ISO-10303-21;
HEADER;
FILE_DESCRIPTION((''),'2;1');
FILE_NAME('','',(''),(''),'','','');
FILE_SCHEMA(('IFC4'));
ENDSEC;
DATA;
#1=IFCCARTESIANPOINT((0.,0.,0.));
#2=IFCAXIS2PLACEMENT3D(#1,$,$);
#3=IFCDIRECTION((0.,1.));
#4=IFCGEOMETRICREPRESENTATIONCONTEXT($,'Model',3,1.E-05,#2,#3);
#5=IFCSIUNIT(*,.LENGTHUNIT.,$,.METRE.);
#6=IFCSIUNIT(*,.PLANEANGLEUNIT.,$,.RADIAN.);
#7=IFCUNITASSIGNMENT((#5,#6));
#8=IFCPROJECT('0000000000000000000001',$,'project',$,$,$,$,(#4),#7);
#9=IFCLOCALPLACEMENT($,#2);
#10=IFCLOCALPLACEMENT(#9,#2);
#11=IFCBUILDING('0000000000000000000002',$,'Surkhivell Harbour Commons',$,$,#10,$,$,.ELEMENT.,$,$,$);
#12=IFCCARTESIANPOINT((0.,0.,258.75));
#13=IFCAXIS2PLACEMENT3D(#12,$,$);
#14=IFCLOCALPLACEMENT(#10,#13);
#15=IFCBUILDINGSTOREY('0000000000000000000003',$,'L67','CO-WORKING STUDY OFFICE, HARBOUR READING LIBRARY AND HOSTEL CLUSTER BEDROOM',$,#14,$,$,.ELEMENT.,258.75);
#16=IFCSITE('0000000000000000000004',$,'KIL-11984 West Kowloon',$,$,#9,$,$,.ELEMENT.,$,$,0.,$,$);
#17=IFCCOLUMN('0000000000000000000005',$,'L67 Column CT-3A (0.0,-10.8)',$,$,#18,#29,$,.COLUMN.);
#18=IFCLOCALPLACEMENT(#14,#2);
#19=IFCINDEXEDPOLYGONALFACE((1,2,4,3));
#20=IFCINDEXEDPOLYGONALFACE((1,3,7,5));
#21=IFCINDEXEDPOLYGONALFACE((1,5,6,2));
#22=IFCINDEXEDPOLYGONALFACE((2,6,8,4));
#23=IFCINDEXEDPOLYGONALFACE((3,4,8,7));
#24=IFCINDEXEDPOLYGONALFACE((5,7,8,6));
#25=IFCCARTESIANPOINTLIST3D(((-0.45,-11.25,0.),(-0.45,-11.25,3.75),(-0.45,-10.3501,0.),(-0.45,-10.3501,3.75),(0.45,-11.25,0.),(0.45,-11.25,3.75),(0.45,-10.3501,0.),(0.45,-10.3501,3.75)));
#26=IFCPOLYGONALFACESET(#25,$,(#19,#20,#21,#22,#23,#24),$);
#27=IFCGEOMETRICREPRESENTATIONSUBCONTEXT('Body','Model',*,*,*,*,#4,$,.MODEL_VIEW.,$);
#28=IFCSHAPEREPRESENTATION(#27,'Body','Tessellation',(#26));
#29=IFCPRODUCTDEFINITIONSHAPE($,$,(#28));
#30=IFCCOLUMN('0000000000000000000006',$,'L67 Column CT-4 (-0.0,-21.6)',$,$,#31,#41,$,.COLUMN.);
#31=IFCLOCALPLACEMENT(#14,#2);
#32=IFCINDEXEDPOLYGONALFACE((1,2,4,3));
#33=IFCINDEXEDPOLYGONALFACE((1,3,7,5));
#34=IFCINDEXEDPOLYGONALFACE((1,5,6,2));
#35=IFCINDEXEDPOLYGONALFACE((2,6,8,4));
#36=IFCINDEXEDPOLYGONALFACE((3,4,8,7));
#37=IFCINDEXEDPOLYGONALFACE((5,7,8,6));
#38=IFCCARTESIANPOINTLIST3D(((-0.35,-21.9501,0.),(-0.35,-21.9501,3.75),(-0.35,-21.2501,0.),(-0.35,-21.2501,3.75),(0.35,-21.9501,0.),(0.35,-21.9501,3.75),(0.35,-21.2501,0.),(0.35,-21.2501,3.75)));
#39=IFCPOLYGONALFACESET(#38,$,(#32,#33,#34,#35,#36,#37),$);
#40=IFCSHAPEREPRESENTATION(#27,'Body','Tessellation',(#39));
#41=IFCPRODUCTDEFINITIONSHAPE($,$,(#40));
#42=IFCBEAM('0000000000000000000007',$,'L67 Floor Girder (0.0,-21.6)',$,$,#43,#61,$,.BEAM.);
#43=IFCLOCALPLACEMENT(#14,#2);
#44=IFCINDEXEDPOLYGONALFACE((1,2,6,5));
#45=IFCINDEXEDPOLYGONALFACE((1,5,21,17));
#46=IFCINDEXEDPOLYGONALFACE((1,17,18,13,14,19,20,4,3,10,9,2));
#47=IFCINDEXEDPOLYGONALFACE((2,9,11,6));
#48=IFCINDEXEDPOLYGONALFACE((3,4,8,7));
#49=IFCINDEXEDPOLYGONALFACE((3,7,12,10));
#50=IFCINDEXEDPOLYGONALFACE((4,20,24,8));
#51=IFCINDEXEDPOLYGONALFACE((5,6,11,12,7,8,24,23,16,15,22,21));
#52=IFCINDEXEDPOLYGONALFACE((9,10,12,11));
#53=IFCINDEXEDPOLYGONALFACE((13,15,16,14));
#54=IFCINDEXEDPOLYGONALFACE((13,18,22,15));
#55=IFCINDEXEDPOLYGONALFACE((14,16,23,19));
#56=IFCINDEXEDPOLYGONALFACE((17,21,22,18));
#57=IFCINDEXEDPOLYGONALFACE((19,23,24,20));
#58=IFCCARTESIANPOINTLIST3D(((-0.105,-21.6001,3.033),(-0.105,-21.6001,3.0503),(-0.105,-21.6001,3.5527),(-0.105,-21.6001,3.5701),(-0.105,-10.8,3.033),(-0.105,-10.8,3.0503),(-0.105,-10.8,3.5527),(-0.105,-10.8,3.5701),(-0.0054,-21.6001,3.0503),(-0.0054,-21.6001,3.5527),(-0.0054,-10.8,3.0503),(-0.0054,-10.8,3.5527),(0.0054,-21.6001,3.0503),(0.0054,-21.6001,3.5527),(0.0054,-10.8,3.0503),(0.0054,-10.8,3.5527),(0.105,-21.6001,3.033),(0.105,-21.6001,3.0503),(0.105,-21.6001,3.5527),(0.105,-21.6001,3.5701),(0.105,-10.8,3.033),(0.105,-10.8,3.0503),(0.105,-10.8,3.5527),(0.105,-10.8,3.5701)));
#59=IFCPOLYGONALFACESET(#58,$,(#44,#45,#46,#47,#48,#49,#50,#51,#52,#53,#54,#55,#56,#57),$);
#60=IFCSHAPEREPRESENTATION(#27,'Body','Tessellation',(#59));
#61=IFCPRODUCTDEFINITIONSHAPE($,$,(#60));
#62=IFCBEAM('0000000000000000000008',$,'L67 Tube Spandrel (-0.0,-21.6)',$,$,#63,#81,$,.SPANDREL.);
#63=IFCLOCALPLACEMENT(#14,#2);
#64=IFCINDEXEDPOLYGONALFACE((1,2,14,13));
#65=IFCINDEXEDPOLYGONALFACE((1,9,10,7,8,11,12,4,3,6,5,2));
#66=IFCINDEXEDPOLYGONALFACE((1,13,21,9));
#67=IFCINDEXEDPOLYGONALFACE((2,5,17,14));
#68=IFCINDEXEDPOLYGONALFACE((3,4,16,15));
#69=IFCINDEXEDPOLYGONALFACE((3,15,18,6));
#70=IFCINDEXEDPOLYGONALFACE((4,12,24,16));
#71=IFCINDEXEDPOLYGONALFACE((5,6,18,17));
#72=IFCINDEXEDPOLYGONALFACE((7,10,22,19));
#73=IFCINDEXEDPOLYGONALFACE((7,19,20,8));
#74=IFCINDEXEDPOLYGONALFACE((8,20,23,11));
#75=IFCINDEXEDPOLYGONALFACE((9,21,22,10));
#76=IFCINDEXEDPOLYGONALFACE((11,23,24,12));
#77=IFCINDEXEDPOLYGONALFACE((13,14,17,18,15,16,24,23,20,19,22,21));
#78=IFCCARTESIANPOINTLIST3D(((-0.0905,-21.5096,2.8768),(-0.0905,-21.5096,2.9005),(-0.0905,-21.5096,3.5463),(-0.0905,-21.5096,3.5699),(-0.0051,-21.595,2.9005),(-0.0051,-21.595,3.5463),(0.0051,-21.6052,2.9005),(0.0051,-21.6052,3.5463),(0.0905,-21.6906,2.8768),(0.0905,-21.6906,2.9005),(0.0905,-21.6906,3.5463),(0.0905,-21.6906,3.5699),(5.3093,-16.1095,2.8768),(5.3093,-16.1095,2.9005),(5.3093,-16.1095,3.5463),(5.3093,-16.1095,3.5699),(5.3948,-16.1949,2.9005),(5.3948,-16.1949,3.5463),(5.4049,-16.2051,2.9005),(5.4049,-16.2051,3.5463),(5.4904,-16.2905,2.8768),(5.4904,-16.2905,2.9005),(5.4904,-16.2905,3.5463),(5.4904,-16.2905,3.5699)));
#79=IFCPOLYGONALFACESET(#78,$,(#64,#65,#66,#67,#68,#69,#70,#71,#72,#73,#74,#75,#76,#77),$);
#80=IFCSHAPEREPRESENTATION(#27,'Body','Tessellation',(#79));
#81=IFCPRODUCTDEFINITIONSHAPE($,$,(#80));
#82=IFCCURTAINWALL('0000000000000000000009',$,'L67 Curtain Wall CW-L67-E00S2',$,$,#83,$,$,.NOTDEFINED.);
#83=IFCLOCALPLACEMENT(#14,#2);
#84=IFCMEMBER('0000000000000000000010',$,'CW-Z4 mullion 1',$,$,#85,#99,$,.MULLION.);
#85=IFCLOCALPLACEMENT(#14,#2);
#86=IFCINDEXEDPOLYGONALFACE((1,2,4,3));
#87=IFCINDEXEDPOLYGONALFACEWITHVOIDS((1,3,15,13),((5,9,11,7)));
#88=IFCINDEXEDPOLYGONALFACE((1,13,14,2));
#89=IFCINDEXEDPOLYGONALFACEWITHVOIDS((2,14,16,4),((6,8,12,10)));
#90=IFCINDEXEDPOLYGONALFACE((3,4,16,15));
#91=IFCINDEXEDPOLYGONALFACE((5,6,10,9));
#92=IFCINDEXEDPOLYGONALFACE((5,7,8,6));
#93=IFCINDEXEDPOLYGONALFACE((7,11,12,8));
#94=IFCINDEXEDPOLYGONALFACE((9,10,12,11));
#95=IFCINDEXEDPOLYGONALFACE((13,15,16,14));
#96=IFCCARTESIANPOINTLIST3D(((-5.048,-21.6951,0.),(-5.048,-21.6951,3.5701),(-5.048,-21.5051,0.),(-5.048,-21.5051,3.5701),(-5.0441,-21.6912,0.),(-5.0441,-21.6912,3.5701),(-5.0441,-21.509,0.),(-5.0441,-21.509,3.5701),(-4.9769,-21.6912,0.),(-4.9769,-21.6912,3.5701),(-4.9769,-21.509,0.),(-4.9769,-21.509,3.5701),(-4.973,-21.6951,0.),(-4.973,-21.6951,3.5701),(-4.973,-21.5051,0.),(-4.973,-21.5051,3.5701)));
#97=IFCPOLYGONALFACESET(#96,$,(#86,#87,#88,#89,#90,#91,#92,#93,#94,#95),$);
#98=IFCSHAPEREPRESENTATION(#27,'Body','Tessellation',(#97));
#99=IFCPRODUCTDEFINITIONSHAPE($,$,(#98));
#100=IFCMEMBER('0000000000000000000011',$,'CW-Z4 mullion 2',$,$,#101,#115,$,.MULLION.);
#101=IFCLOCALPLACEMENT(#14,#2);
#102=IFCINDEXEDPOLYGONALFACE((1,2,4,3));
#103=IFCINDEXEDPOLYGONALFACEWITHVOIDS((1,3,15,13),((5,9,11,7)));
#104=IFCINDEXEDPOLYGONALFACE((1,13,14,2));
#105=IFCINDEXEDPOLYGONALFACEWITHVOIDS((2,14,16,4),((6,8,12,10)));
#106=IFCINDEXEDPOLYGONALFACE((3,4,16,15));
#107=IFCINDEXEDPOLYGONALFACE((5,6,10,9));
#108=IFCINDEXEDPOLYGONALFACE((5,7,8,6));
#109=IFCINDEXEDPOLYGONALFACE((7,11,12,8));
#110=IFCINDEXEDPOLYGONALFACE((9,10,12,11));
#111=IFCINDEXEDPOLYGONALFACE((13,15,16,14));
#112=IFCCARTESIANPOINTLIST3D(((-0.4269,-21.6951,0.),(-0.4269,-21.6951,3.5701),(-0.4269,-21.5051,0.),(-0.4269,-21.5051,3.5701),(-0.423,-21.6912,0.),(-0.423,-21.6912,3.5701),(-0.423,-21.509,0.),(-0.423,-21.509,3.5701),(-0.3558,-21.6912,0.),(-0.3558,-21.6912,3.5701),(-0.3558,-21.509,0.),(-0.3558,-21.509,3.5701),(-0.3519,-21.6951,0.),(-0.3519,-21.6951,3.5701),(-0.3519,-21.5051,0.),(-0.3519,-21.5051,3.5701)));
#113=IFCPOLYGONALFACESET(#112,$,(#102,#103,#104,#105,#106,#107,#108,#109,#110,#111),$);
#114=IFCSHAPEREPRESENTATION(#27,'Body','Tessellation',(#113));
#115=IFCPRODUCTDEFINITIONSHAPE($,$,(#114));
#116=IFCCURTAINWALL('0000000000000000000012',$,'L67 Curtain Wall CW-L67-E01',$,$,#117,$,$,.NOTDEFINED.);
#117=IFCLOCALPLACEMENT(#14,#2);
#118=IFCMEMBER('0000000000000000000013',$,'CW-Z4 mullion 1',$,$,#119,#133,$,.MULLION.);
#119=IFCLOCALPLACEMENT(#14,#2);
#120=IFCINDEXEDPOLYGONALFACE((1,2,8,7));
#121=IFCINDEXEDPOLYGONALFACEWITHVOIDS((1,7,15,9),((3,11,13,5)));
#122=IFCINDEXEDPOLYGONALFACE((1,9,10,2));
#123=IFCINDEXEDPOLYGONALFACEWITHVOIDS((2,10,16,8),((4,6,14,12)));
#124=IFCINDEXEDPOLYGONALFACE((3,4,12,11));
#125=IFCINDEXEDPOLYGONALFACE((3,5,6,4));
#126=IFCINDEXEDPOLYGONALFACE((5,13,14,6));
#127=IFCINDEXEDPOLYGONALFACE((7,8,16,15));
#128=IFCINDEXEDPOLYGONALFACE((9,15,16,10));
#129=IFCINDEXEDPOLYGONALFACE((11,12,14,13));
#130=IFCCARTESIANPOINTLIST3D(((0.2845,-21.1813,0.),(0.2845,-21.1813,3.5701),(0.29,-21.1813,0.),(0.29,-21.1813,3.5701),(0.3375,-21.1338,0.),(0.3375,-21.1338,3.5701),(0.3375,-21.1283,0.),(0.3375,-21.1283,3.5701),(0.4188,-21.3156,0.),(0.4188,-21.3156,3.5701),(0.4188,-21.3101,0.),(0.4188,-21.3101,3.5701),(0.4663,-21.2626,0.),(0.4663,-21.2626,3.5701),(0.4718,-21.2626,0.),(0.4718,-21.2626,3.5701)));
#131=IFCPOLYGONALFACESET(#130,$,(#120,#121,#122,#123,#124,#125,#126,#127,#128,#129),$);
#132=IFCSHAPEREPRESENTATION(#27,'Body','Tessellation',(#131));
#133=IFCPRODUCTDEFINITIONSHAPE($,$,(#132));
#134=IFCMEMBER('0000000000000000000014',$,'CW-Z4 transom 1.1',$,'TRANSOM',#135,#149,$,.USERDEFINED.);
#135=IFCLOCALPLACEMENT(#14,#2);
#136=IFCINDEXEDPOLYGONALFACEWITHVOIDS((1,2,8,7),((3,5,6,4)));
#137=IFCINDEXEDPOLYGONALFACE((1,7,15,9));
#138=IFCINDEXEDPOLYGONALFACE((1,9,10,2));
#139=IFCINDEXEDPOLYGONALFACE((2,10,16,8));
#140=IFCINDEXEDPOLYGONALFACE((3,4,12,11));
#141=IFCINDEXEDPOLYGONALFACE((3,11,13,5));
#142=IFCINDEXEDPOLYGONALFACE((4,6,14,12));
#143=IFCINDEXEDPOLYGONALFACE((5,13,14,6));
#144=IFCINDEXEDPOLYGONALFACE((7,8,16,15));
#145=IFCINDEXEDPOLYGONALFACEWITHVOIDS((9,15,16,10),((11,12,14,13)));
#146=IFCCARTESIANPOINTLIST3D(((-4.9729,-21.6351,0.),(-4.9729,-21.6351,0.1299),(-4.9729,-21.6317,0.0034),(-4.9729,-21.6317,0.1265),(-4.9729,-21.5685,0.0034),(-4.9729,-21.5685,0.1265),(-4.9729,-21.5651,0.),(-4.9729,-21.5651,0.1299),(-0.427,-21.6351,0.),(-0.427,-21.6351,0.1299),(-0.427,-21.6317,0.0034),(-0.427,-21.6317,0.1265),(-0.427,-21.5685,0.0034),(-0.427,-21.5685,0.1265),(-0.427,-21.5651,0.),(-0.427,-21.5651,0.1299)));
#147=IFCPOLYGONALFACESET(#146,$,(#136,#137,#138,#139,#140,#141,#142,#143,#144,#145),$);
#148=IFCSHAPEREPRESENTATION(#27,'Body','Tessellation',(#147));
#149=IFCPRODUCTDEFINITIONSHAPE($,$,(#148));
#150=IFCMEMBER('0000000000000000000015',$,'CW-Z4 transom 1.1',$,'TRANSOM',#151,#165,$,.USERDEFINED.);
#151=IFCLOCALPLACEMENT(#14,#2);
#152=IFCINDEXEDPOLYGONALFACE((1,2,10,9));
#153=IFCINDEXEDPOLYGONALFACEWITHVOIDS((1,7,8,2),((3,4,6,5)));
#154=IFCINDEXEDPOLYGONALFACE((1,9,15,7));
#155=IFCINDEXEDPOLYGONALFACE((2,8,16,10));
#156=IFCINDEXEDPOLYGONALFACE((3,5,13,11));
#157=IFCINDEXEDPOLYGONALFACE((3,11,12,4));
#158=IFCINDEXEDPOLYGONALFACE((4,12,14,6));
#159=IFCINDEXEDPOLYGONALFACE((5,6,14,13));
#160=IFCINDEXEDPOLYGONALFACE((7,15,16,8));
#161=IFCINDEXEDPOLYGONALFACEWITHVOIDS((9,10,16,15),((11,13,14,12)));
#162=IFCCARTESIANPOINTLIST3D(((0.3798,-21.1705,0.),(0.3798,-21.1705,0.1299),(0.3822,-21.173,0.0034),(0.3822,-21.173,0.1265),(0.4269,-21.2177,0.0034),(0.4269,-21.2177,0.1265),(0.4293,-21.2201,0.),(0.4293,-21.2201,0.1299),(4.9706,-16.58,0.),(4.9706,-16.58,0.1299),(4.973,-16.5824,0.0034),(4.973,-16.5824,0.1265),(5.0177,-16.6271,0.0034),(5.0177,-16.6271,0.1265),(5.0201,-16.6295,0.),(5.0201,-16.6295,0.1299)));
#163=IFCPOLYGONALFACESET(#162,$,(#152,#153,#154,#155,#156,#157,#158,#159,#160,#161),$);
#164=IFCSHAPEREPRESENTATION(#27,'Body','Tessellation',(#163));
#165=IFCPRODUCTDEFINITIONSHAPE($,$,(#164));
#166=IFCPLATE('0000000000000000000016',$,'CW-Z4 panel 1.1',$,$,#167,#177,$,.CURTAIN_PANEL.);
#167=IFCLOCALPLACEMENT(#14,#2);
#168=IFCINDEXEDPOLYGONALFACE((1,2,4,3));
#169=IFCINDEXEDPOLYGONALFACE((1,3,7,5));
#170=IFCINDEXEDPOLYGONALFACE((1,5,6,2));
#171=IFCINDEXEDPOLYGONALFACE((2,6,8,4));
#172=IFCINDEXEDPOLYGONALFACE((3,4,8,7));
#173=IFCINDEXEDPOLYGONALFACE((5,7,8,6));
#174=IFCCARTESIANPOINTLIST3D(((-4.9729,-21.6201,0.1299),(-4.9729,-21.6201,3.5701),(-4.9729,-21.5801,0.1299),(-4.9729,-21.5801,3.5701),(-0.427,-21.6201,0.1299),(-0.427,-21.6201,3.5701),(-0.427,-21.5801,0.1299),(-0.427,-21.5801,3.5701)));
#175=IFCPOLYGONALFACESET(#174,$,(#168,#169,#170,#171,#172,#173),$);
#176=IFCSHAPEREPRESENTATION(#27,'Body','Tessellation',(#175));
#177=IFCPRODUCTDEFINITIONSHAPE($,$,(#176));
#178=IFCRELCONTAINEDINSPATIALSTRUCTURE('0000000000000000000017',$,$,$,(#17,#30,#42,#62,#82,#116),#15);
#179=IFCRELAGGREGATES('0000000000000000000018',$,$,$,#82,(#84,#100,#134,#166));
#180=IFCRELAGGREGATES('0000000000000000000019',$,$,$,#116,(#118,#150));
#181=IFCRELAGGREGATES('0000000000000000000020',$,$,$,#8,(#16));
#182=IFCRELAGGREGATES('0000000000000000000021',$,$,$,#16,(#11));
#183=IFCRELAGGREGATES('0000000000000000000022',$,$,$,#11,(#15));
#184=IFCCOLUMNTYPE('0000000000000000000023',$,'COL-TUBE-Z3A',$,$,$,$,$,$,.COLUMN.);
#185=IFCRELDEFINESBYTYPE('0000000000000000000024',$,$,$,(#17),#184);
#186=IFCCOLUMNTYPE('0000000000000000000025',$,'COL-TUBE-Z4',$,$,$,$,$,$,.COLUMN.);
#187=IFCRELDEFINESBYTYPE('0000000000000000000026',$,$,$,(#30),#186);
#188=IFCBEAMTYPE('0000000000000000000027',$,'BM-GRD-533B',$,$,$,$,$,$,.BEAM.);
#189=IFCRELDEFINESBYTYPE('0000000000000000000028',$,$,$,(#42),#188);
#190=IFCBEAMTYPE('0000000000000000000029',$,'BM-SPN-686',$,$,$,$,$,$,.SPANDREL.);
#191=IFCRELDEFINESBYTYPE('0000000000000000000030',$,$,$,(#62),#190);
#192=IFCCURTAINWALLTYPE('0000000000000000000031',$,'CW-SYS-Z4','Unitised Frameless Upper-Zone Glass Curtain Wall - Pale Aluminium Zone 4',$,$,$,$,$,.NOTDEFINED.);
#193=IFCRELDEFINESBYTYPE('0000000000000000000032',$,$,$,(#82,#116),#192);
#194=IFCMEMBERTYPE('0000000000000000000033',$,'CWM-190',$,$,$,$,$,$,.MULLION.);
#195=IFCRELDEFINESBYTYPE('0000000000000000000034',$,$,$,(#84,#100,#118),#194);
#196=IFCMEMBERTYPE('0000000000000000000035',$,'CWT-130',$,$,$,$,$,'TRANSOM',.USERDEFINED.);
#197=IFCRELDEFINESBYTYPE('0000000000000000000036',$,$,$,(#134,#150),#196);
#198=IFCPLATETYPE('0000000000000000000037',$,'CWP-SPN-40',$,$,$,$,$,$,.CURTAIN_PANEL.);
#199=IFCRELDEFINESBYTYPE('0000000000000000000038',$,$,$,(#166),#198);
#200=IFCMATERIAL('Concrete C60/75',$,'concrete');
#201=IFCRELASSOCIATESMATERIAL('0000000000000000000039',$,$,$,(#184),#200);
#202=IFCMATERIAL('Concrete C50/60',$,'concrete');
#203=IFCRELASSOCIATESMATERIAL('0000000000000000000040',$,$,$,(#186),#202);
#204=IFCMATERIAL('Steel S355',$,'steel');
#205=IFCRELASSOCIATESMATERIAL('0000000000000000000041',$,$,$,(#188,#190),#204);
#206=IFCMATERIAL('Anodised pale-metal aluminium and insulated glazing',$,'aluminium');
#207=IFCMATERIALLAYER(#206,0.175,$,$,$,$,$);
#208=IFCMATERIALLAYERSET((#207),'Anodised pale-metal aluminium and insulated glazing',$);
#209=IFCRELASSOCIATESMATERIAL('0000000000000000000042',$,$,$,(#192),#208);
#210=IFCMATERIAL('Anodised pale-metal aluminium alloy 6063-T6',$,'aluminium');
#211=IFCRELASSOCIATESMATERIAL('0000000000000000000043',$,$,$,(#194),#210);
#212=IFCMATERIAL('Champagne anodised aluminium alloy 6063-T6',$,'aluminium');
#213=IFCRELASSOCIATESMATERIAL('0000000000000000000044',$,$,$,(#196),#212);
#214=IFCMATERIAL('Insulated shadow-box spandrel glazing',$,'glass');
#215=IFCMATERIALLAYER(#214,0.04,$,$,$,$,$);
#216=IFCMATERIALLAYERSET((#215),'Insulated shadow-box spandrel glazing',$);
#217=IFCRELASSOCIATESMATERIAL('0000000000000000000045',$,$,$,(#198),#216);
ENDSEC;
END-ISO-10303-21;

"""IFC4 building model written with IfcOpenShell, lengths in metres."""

from ifc_helpers import new_model, si_unit, direction, frame, frame_2d, origin, origin_2d, place, context, subcontext, project, spatial, rectangle, hollow_rectangle, i_section, extrude, material, layer, layer_set, material_profile, profile_set, type_object, element, aggregate, save


model = new_model("IFC4")

# Units and contexts
model_context = context("Model", 3, precision=1e-05, world=origin(), true_north=direction((0.0, 1.0)))
body_context = subcontext(model_context, "Body", "Model", "MODEL_VIEW")
ifc_project = project(units=[si_unit("LENGTHUNIT", "METRE"), si_unit("PLANEANGLEUNIT", "RADIAN")], contexts=[model_context])

# Site, building, storey
site_placement = place(None, origin())
site = spatial("IfcSite", under=ifc_project, at=site_placement, Name="KIL-11984 West Kowloon", CompositionType="ELEMENT", RefElevation=0.0)
building_placement = place(site_placement, origin())
building = spatial("IfcBuilding", under=site, at=building_placement, Name="Surkhivell Harbour Commons", CompositionType="ELEMENT")
storey_placement = place(building_placement, frame((0.0, 0.0, 258.75)))
storey = spatial("IfcBuildingStorey", under=building, at=storey_placement, Name="L67", Description="CO-WORKING STUDY OFFICE, HARBOUR READING LIBRARY AND HOSTEL CLUSTER BEDROOM", CompositionType="ELEMENT", Elevation=258.75)

# Columns
ifc_material_1 = material(Name="Concrete C60/75", Category="concrete")
ifc_material_profile_1 = material_profile(ifc_material_1, rectangle(XDim=0.8999, YDim=0.8999, at=origin_2d()), Name="RC-COL-900x900")
ifc_profile_set_1 = profile_set([ifc_material_profile_1], Name="Concrete C60/75")
column_type_1 = type_object("IfcColumnType", Name="COL-TUBE-Z3A", PredefinedType="COLUMN", material=ifc_profile_set_1)
column_1_placement = place(storey_placement, frame((0.0, -10.8, 0.0), z_axis=(0.0, 0.0, 1.0), x_axis=(1.0, 0.0, 0.0)))
element("IfcColumn", 1, at=column_1_placement, inside=storey, type_object=column_type_1, Name="L67 Column CT-3A (0.0,-10.8)", PredefinedType="COLUMN", context=body_context, shape_type="SweptSolid", body=[
    extrude(rectangle(XDim=0.8999, YDim=0.8999, at=origin_2d()), origin(), (0.0, 0.0, 1.0), 3.75),
])
ifc_material_2 = material(Name="Concrete C50/60", Category="concrete")
ifc_material_profile_2 = material_profile(ifc_material_2, rectangle(XDim=0.7, YDim=0.7, at=origin_2d()), Name="RC-COL-700x700")
ifc_profile_set_2 = profile_set([ifc_material_profile_2], Name="Concrete C50/60")
column_type_2 = type_object("IfcColumnType", Name="COL-TUBE-Z4", PredefinedType="COLUMN", material=ifc_profile_set_2)
column_2_placement = place(storey_placement, frame((0.0, -21.6001, 0.0), z_axis=(0.0, 0.0, 1.0), x_axis=(1.0, 0.0, 0.0)))
element("IfcColumn", 2, at=column_2_placement, inside=storey, type_object=column_type_2, Name="L67 Column CT-4 (-0.0,-21.6)", PredefinedType="COLUMN", context=body_context, shape_type="SweptSolid", body=[
    extrude(rectangle(XDim=0.7, YDim=0.7, at=origin_2d()), origin(), (0.0, 0.0, 1.0), 3.75),
])

# Beams
ifc_material_3 = material(Name="Steel S355", Category="steel")
ifc_material_profile_3 = material_profile(ifc_material_3, i_section(OverallWidth=0.21, OverallDepth=0.5371, WebThickness=0.0107, FlangeThickness=0.0173, at=origin_2d()), Name="UB533x210x101")
ifc_profile_set_3 = profile_set([ifc_material_profile_3], Name="Steel S355")
beam_type_1 = type_object("IfcBeamType", Name="BM-GRD-533B", PredefinedType="BEAM", material=ifc_profile_set_3)
beam_1_placement = place(storey_placement, frame((0.0, -21.6001, 3.3015), z_axis=(0.0, 1.0, 0.0), x_axis=(-1.0, 0.0, 0.0)))
element("IfcBeam", 3, at=beam_1_placement, inside=storey, type_object=beam_type_1, Name="L67 Floor Girder (0.0,-21.6)", PredefinedType="BEAM", context=body_context, shape_type="SweptSolid", body=[
    extrude(i_section(OverallWidth=0.21, OverallDepth=0.5371, WebThickness=0.0107, FlangeThickness=0.0173, at=origin_2d()), origin(), (0.0, 0.0, 1.0), 10.8),
])
ifc_material_profile_4 = material_profile(ifc_material_3, i_section(OverallWidth=0.2561, OverallDepth=0.6931, WebThickness=0.0144, FlangeThickness=0.0237, at=origin_2d()), Name="UB686x254x170")
ifc_profile_set_4 = profile_set([ifc_material_profile_4], Name="Steel S355")
beam_type_2 = type_object("IfcBeamType", Name="BM-SPN-686", PredefinedType="SPANDREL", material=ifc_profile_set_4)
beam_2_placement = place(storey_placement, frame((0.0, -21.6001, 3.2234), z_axis=(0.707091, 0.707123, 0.0), x_axis=(-0.707123, 0.707091, 0.0)))
element("IfcBeam", 4, at=beam_2_placement, inside=storey, type_object=beam_type_2, Name="L67 Tube Spandrel (-0.0,-21.6)", PredefinedType="SPANDREL", context=body_context, shape_type="SweptSolid", body=[
    extrude(i_section(OverallWidth=0.2561, OverallDepth=0.6931, WebThickness=0.0144, FlangeThickness=0.0237, at=origin_2d()), origin(), (0.0, 0.0, 1.0), 7.6367),
])

# Curtain wall, members
ifc_material_4 = material(Name="Anodised pale-metal aluminium and insulated glazing", Category="aluminium")
ifc_layer_1 = layer(ifc_material_4, 0.175)
ifc_layer_set_1 = layer_set([ifc_layer_1], Name="Anodised pale-metal aluminium and insulated glazing")
curtain_wall_type = type_object("IfcCurtainWallType", Name="CW-SYS-Z4", Description="Unitised Frameless Upper-Zone Glass Curtain Wall - Pale Aluminium Zone 4", PredefinedType="NOTDEFINED", material=ifc_layer_set_1)
curtain_wall_1_placement = place(storey_placement, origin())
curtain_wall_1 = element("IfcCurtainWall", 5, at=curtain_wall_1_placement, inside=storey, type_object=curtain_wall_type, Name="L67 Curtain Wall CW-L67-E00S2", PredefinedType="NOTDEFINED")
ifc_material_5 = material(Name="Anodised pale-metal aluminium alloy 6063-T6", Category="aluminium")
ifc_material_profile_5 = material_profile(ifc_material_5, hollow_rectangle(XDim=0.075, YDim=0.1899, WallThickness=0.0039, at=origin_2d()), Name="ALU-MULL-75x190")
ifc_profile_set_5 = profile_set([ifc_material_profile_5], Name="Anodised pale-metal aluminium alloy 6063-T6")
member_type_1 = type_object("IfcMemberType", Name="CWM-190", PredefinedType="MULLION", material=ifc_profile_set_5)
member_1_placement = place(storey_placement, frame((-5.0105, -21.6001, 0.0), z_axis=(0.0, 0.0, 1.0), x_axis=(1.0, 0.0, 0.0)))
member_1 = element("IfcMember", 6, at=member_1_placement, type_object=member_type_1, Name="CW-Z4 mullion 1", PredefinedType="MULLION", context=body_context, shape_type="SweptSolid", body=[
    extrude(hollow_rectangle(XDim=0.075, YDim=0.1899, WallThickness=0.0039, at=origin_2d()), origin(), (0.0, 0.0, 1.0), 3.5701),
])
member_2_placement = place(storey_placement, frame((-0.3894, -21.6001, 0.0), z_axis=(0.0, 0.0, 1.0), x_axis=(1.0, 0.0, 0.0)))
member_2 = element("IfcMember", 7, at=member_2_placement, type_object=member_type_1, Name="CW-Z4 mullion 2", PredefinedType="MULLION", context=body_context, shape_type="SweptSolid", body=[
    extrude(hollow_rectangle(XDim=0.075, YDim=0.1899, WallThickness=0.0039, at=origin_2d()), origin(), (0.0, 0.0, 1.0), 3.5701),
])

# Curtain wall, member
curtain_wall_2_placement = place(storey_placement, origin())
curtain_wall_2 = element("IfcCurtainWall", 8, at=curtain_wall_2_placement, inside=storey, type_object=curtain_wall_type, Name="L67 Curtain Wall CW-L67-E01", PredefinedType="NOTDEFINED")
member_3_placement = place(storey_placement, frame((0.3782, -21.2219, 0.0), z_axis=(0.0, 0.0, 1.0), x_axis=(0.707107, 0.707107, 0.0)))
member_3 = element("IfcMember", 9, at=member_3_placement, type_object=member_type_1, Name="CW-Z4 mullion 1", PredefinedType="MULLION", context=body_context, shape_type="SweptSolid", body=[
    extrude(hollow_rectangle(XDim=0.075, YDim=0.1899, WallThickness=0.0039, at=origin_2d()), origin(), (0.0, 0.0, 1.0), 3.5701),
])

# Members
ifc_material_6 = material(Name="Champagne anodised aluminium alloy 6063-T6", Category="aluminium")
ifc_material_profile_6 = material_profile(ifc_material_6, hollow_rectangle(XDim=0.0701, YDim=0.1299, WallThickness=0.0034, at=origin_2d()), Name="ALU-TRAN-70x130")
ifc_profile_set_6 = profile_set([ifc_material_profile_6], Name="Champagne anodised aluminium alloy 6063-T6")
member_type_2 = type_object("IfcMemberType", Name="CWT-130", ElementType="TRANSOM", PredefinedType="USERDEFINED", material=ifc_profile_set_6)
member_4_placement = place(storey_placement, frame((-4.9729, -21.6001, 0.0649), z_axis=(1.0, 0.0, 0.0), x_axis=(0.0, 1.0, 0.0)))
member_4 = element("IfcMember", 10, at=member_4_placement, type_object=member_type_2, Name="CW-Z4 transom 1.1", ObjectType="TRANSOM", PredefinedType="USERDEFINED", context=body_context, shape_type="SweptSolid", body=[
    extrude(hollow_rectangle(XDim=0.0701, YDim=0.1299, WallThickness=0.0034, at=origin_2d()), origin(), (0.0, 0.0, 1.0), 4.5459),
])
member_5_placement = place(storey_placement, frame((0.4045, -21.1953, 0.0649), z_axis=(0.707126, 0.707088, 0.0), x_axis=(-0.707088, 0.707126, 0.0)))
member_5 = element("IfcMember", 11, at=member_5_placement, type_object=member_type_2, Name="CW-Z4 transom 1.1", ObjectType="TRANSOM", PredefinedType="USERDEFINED", context=body_context, shape_type="SweptSolid", body=[
    extrude(hollow_rectangle(XDim=0.0701, YDim=0.1299, WallThickness=0.0034, at=origin_2d()), origin(), (0.0, 0.0, 1.0), 6.4922),
])

# Plate
ifc_material_7 = material(Name="Insulated shadow-box spandrel glazing", Category="glass")
ifc_layer_2 = layer(ifc_material_7, 0.04)
ifc_layer_set_2 = layer_set([ifc_layer_2], Name="Insulated shadow-box spandrel glazing")
plate_type = type_object("IfcPlateType", Name="CWP-SPN-40", PredefinedType="CURTAIN_PANEL", material=ifc_layer_set_2)
plate_1_placement = place(storey_placement, frame((-4.9729, -21.6001, 0.1299), z_axis=(0.0, 0.0, 1.0), x_axis=(1.0, 0.0, 0.0)))
plate_1 = element("IfcPlate", 12, at=plate_1_placement, type_object=plate_type, Name="CW-Z4 panel 1.1", PredefinedType="CURTAIN_PANEL", context=body_context, shape_type="SweptSolid", body=[
    extrude(rectangle(XDim=4.5459, YDim=0.04, at=frame_2d((2.2729, 0.0))), origin(), (0.0, 0.0, 1.0), 3.4402),
])
aggregate(curtain_wall_1, [member_1, member_2, member_4, plate_1])
aggregate(curtain_wall_2, [member_3, member_5])

save(model, "model.ifc")
